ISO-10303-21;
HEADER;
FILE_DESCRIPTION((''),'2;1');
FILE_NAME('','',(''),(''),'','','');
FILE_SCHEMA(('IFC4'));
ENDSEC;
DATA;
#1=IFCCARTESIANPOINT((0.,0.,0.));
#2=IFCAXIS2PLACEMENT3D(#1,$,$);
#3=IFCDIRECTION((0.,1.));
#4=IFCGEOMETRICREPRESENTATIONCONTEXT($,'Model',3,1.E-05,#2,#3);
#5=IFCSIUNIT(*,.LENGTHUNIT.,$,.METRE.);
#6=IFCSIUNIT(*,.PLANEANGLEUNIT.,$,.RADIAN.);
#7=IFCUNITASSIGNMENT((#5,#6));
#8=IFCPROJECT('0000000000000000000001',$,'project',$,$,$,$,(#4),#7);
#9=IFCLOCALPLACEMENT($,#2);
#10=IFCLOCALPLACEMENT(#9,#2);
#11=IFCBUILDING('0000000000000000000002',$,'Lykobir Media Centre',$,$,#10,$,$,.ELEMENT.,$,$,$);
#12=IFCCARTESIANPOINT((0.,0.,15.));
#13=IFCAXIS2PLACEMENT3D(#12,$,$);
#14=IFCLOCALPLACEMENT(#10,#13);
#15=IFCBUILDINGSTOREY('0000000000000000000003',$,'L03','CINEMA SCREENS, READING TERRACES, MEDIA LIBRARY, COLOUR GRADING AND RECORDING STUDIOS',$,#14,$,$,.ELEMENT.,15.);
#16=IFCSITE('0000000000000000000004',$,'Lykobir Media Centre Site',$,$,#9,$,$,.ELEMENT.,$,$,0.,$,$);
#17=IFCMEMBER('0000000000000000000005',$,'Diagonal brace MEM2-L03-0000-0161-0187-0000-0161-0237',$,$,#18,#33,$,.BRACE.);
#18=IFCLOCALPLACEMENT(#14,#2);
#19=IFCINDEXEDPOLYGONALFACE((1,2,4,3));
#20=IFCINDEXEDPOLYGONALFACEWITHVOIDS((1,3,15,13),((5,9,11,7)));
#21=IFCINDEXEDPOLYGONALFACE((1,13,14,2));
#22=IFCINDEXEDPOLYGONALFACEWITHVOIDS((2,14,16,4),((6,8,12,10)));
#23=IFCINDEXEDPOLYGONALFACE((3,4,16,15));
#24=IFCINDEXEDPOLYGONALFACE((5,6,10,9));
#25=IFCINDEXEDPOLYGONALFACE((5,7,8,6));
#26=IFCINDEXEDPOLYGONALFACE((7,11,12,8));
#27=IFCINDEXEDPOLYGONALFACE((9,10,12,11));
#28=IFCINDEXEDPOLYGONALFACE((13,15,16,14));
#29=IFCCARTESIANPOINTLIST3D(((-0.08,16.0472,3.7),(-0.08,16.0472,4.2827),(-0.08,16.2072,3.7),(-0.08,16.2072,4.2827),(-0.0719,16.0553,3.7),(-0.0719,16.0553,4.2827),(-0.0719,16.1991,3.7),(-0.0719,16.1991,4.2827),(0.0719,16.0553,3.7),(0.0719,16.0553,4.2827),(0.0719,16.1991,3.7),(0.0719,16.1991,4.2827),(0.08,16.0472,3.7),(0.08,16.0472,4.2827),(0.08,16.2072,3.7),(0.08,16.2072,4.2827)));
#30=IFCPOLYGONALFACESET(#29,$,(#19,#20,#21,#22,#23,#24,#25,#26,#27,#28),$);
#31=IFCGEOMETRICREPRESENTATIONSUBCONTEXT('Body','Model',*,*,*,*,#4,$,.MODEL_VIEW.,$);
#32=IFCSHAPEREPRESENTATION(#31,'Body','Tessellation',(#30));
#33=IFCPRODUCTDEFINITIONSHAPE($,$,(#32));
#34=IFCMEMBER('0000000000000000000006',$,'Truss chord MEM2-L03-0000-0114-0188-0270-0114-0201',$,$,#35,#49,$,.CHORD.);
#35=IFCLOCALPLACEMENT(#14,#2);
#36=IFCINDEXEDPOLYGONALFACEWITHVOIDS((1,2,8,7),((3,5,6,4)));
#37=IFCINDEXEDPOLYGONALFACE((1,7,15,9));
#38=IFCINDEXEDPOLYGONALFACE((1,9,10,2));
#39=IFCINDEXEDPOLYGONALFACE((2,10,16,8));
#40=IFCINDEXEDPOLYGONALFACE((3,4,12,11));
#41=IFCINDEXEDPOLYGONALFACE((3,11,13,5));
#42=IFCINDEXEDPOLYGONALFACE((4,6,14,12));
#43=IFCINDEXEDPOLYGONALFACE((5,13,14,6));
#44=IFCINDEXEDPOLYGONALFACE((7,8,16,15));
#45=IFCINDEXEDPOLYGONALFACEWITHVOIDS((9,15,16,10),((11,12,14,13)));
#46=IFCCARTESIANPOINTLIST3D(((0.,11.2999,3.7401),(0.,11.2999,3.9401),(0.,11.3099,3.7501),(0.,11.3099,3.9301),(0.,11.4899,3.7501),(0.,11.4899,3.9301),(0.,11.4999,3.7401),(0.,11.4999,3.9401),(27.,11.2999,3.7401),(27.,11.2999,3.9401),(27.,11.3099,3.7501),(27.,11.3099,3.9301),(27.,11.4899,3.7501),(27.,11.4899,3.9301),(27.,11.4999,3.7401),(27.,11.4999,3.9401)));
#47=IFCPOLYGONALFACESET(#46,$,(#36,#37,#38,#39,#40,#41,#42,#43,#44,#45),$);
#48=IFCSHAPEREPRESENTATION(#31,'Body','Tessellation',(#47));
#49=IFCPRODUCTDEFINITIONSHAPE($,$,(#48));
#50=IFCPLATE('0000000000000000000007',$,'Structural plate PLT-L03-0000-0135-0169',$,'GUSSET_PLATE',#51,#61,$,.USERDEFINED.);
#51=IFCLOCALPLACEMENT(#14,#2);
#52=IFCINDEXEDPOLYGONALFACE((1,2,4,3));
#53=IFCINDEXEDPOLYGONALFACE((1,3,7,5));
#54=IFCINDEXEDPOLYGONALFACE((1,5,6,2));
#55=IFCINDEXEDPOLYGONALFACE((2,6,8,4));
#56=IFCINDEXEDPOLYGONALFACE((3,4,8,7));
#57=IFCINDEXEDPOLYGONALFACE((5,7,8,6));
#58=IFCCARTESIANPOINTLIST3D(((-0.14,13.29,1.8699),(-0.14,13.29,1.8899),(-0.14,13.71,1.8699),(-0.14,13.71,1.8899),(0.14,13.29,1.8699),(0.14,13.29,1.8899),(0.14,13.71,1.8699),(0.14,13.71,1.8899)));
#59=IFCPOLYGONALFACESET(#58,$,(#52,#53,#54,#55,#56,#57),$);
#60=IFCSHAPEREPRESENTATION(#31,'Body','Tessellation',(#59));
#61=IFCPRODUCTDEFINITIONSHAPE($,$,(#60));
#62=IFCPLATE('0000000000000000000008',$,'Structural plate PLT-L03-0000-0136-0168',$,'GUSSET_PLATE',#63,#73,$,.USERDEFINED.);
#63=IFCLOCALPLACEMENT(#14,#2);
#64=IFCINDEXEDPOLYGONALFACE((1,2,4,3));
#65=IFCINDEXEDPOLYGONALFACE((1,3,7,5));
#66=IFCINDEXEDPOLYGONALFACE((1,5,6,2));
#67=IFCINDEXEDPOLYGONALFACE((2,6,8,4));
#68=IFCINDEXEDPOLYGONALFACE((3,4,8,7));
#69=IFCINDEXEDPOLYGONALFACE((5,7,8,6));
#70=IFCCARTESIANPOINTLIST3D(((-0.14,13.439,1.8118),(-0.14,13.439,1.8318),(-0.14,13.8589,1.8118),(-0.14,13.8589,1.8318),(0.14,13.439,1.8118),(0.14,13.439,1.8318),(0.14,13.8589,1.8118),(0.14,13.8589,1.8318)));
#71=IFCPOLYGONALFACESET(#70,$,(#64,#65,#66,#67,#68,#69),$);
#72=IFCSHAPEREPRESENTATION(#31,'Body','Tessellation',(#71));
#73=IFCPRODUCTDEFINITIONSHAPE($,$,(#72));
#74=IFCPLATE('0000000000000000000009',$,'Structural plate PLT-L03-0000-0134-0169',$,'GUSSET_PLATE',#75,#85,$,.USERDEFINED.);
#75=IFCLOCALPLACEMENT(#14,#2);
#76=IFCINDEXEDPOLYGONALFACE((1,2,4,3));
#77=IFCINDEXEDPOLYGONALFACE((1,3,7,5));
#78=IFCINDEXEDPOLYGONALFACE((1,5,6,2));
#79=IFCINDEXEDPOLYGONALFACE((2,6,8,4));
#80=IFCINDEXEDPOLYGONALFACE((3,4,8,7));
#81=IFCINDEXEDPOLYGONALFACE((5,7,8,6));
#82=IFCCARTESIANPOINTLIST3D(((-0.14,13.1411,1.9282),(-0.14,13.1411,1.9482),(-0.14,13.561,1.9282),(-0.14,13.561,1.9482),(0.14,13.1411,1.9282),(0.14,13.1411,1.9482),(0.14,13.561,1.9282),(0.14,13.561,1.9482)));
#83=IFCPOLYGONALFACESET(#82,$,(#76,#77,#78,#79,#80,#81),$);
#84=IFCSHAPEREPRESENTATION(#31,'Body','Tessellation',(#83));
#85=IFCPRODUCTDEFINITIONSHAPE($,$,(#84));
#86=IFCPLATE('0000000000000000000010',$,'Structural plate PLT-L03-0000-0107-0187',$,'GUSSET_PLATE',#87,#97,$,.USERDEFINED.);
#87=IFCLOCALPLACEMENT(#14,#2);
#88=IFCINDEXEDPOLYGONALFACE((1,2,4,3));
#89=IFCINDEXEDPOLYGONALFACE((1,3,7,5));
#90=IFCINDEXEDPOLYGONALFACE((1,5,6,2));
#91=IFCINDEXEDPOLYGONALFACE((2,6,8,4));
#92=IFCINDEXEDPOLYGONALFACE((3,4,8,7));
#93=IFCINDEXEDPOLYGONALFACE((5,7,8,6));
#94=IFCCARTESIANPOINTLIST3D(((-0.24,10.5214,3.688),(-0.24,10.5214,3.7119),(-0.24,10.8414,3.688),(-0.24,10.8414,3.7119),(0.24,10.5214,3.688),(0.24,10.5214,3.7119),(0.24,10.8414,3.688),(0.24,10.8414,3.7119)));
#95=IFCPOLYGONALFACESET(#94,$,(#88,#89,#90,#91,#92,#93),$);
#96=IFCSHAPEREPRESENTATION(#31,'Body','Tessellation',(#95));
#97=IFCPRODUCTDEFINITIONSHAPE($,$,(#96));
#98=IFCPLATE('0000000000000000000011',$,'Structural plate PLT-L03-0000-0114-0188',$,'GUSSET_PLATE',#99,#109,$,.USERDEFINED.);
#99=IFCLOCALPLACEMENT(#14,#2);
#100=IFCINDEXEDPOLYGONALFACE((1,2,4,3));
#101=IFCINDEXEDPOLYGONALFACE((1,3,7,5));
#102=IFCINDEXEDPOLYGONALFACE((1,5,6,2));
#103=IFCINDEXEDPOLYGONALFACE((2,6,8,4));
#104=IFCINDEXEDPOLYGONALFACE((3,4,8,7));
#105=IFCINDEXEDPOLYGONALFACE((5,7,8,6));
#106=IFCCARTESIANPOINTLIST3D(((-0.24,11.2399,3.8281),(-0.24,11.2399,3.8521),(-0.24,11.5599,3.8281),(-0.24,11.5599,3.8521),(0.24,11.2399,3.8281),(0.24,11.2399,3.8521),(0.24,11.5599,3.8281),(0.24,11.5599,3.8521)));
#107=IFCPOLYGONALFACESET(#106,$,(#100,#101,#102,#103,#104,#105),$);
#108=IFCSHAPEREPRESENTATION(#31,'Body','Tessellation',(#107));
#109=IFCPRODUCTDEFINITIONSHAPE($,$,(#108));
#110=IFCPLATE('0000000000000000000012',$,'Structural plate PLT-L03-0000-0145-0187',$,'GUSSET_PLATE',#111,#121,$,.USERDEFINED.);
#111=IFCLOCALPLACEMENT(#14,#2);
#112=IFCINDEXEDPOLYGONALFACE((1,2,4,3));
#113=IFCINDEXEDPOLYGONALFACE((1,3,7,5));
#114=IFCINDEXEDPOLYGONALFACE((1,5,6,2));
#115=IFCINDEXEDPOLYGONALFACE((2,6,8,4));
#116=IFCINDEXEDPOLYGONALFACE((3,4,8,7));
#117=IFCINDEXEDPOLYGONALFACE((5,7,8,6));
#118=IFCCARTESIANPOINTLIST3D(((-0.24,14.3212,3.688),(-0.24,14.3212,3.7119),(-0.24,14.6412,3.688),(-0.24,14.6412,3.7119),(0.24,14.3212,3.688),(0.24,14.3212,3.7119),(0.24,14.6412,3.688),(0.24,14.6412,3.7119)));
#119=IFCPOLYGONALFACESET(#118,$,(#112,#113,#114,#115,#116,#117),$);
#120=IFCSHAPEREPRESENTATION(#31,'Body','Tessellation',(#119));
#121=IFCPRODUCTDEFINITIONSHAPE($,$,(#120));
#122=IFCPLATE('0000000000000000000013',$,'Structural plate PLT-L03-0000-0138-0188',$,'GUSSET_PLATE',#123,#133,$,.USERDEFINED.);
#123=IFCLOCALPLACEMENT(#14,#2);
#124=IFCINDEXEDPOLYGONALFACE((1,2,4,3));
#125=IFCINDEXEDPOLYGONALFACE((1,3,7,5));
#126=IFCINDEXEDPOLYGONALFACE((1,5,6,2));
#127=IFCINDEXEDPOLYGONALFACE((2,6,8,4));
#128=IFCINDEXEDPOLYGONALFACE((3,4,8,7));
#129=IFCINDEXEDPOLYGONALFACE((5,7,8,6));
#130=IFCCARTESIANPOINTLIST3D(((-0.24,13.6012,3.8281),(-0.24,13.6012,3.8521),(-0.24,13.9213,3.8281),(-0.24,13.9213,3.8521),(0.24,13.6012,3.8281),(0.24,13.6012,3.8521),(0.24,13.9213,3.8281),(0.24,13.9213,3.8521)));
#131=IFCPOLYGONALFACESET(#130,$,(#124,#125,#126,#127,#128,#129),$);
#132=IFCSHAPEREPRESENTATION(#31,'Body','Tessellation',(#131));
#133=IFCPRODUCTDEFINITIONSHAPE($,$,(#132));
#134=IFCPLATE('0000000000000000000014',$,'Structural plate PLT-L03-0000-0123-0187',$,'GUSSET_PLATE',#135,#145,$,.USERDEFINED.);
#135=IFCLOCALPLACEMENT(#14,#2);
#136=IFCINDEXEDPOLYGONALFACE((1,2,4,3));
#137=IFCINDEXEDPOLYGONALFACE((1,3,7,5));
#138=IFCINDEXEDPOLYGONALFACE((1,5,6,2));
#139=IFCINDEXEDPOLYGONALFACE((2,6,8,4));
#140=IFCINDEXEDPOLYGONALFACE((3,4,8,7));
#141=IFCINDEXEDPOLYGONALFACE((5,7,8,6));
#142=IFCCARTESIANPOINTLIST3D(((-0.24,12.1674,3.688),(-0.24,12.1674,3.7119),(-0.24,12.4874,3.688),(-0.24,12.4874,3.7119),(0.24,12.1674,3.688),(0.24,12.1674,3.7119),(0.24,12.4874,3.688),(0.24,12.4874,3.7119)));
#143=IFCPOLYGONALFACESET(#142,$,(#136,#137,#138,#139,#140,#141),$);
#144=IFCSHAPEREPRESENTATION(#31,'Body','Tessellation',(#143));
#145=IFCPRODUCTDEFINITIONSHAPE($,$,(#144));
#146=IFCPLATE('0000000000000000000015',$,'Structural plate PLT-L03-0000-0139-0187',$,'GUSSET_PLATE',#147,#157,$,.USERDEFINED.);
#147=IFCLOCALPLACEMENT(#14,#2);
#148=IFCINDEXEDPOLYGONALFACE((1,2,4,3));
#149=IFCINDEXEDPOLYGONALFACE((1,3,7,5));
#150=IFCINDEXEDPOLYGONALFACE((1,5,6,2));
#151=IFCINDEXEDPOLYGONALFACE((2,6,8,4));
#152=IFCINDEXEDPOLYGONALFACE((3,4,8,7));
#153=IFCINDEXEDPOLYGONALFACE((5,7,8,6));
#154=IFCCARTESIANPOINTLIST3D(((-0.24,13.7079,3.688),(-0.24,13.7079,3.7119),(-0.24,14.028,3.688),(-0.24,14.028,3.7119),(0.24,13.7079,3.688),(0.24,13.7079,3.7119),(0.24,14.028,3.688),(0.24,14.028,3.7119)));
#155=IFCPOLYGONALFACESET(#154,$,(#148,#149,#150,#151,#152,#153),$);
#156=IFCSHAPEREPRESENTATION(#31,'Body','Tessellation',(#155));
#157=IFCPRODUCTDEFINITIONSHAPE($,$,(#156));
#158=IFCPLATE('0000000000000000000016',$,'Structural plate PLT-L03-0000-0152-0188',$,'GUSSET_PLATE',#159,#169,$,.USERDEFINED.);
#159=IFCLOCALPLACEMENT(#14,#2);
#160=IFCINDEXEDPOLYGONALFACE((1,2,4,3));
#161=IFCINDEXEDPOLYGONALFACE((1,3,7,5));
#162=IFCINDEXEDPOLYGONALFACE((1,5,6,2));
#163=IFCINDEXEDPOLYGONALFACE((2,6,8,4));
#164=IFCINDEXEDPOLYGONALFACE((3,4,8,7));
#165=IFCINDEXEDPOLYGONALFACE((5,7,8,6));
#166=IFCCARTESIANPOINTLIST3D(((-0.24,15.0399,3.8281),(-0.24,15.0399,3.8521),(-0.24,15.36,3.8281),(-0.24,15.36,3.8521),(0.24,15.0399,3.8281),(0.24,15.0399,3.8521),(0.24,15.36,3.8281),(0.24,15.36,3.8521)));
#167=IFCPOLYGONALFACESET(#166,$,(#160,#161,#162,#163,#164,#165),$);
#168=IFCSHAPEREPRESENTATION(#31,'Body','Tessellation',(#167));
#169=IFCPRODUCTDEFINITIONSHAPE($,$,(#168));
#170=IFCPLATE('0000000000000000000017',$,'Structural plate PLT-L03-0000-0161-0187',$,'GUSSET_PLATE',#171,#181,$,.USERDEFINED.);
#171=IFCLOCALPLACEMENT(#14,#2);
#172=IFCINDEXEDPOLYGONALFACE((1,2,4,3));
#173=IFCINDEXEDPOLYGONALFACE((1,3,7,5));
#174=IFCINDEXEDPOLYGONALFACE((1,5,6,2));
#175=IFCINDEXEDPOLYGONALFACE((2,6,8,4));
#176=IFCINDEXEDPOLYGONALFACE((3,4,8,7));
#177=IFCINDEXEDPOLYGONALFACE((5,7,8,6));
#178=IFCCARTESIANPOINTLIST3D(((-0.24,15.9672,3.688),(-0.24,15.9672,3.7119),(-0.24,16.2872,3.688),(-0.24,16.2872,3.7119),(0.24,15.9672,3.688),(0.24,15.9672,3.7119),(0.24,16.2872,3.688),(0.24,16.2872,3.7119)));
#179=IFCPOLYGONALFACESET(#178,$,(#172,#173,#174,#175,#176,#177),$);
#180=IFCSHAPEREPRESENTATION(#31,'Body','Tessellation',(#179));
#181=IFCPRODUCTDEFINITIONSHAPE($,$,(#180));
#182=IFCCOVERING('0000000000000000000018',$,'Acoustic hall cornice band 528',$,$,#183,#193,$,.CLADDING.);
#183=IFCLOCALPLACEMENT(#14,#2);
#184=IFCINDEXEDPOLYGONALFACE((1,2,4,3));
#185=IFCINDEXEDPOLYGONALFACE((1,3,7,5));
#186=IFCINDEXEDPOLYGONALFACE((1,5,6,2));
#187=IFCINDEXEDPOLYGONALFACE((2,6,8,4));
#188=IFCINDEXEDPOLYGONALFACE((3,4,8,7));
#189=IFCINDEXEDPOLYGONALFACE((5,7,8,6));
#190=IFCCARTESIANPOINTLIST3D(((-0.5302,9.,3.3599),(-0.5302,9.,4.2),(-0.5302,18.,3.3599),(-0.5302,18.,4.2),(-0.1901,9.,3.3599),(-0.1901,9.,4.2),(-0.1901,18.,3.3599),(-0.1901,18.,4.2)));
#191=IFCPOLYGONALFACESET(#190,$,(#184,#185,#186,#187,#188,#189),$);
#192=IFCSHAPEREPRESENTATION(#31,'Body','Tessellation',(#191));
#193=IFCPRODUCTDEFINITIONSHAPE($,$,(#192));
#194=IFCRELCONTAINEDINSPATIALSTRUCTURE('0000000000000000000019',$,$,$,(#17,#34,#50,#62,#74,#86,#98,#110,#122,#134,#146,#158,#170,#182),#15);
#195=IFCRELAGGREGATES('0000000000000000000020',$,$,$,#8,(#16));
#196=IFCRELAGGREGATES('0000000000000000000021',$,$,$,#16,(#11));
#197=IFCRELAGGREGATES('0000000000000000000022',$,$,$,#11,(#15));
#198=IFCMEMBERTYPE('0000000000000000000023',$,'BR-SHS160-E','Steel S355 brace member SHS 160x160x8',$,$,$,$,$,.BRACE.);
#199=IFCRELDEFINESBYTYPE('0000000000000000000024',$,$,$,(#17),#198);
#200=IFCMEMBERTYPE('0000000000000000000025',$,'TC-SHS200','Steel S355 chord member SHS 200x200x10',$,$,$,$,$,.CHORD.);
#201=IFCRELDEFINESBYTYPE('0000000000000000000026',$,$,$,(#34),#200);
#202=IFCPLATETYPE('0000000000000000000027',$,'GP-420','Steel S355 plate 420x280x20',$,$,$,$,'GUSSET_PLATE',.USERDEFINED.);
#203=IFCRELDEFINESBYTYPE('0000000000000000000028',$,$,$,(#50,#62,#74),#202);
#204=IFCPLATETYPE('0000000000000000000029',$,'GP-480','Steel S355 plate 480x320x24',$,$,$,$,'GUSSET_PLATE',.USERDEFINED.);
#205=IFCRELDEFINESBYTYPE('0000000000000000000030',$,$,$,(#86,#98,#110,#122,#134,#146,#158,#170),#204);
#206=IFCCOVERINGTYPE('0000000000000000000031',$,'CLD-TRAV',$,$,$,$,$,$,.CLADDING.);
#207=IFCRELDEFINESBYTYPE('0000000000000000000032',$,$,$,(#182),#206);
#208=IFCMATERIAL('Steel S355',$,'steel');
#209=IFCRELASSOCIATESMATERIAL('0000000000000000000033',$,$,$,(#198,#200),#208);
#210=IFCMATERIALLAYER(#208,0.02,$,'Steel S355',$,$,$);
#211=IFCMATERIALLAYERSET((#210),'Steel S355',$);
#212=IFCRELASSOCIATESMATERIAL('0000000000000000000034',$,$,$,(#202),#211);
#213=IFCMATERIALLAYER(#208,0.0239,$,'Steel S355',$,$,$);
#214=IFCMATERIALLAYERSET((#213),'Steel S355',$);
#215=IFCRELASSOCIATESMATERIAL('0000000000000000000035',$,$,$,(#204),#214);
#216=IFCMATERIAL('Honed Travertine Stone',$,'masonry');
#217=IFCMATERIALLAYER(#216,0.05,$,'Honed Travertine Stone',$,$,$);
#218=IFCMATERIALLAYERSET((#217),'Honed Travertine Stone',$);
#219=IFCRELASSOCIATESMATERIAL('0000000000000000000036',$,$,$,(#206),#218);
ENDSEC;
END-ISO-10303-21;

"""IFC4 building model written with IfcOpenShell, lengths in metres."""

from ifc_helpers import new_model, si_unit, direction, frame, origin, origin_2d, place, context, subcontext, project, spatial, rectangle, hollow_rectangle, extrude, material, layer, layer_set, material_profile, profile_set, type_object, element, save


model = new_model("IFC4")

# Units and contexts
model_context = context("Model", 3, precision=1e-05, world=origin(), true_north=direction((0.0, 1.0)))
body_context = subcontext(model_context, "Body", "Model", "MODEL_VIEW")
ifc_project = project(units=[si_unit("LENGTHUNIT", "METRE"), si_unit("PLANEANGLEUNIT", "RADIAN")], contexts=[model_context])

# Site, building, storey
site_placement = place(None, origin())
site = spatial("IfcSite", under=ifc_project, at=site_placement, Name="Lykobir Media Centre Site", CompositionType="ELEMENT", RefElevation=0.0)
building_placement = place(site_placement, origin())
building = spatial("IfcBuilding", under=site, at=building_placement, Name="Lykobir Media Centre", CompositionType="ELEMENT")
storey_placement = place(building_placement, frame((0.0, 0.0, 15.0)))
storey = spatial("IfcBuildingStorey", under=building, at=storey_placement, Name="L03", Description="CINEMA SCREENS, READING TERRACES, MEDIA LIBRARY, COLOUR GRADING AND RECORDING STUDIOS", CompositionType="ELEMENT", Elevation=15.0)

# Shared definitions
ifc_material_1 = material(Name="Honed Travertine Stone", Category="masonry")

# Members
ifc_material_2 = material(Name="Steel S355", Category="steel")
ifc_material_profile_1 = material_profile(ifc_material_2, hollow_rectangle(XDim=0.1599, YDim=0.1599, WallThickness=0.0081, at=origin_2d()), Name="SHS 160x160x8")
ifc_profile_set_1 = profile_set([ifc_material_profile_1], Name="Steel S355")
member_type_1 = type_object("IfcMemberType", Name="BR-SHS160-E", Description="Steel S355 brace member SHS 160x160x8", PredefinedType="BRACE", material=ifc_profile_set_1)
member_1_placement = place(storey_placement, frame((0.0, 16.1272, 3.7), z_axis=(0.0, 0.0, 1.0), x_axis=(1.0, 0.0, 0.0)))
element("IfcMember", 1, at=member_1_placement, inside=storey, type_object=member_type_1, Name="Diagonal brace MEM2-L03-0000-0161-0187-0000-0161-0237", PredefinedType="BRACE", context=body_context, shape_type="SweptSolid", body=[
    extrude(hollow_rectangle(XDim=0.1599, YDim=0.1599, WallThickness=0.0081, at=origin_2d()), origin(), (0.0, 0.0, 1.0), 0.5828),
])
ifc_material_profile_2 = material_profile(ifc_material_2, hollow_rectangle(XDim=0.2, YDim=0.2, WallThickness=0.01, at=origin_2d()), Name="SHS 200x200x10")
ifc_profile_set_2 = profile_set([ifc_material_profile_2], Name="Steel S355")
member_type_2 = type_object("IfcMemberType", Name="TC-SHS200", Description="Steel S355 chord member SHS 200x200x10", PredefinedType="CHORD", material=ifc_profile_set_2)
member_2_placement = place(storey_placement, frame((0.0, 11.3999, 3.8401), z_axis=(1.0, 0.0, 0.0), x_axis=(0.0, 1.0, 0.0)))
element("IfcMember", 2, at=member_2_placement, inside=storey, type_object=member_type_2, Name="Truss chord MEM2-L03-0000-0114-0188-0270-0114-0201", PredefinedType="CHORD", context=body_context, shape_type="SweptSolid", body=[
    extrude(hollow_rectangle(XDim=0.2, YDim=0.2, WallThickness=0.01, at=origin_2d()), origin(), (0.0, 0.0, 1.0), 27.0),
])

# Plates
ifc_layer_1 = layer(ifc_material_2, 0.02, Name="Steel S355")
ifc_layer_set_1 = layer_set([ifc_layer_1], Name="Steel S355")
plate_type_1 = type_object("IfcPlateType", Name="GP-420", Description="Steel S355 plate 420x280x20", ElementType="GUSSET_PLATE", PredefinedType="USERDEFINED", material=ifc_layer_set_1)
for number, where, z_axis, x_axis, name in (
    (3, (0.0, 13.5, 1.8699), (0.0, 0.0, 1.0), (0.0, 1.0, 0.0), "Structural plate PLT-L03-0000-0135-0169"),
    (4, (0.0, 13.6489, 1.8118), (0.0, 0.0, 1.0), (0.0, 1.0, 0.0), "Structural plate PLT-L03-0000-0136-0168"),
    (5, (0.0, 13.3511, 1.9282), (0.0, 0.0, 1.0), (0.0, 1.0, 0.0), "Structural plate PLT-L03-0000-0134-0169"),
):
    element("IfcPlate", number, at=place(storey_placement, frame(where, z_axis=z_axis, x_axis=x_axis)), inside=storey, type_object=plate_type_1, Name=name, ObjectType="GUSSET_PLATE", PredefinedType="USERDEFINED", context=body_context, shape_type="SweptSolid", body=[
        extrude(rectangle(XDim=0.4199, YDim=0.28, at=origin_2d()), origin(), (0.0, 0.0, 1.0), 0.02),
    ])
ifc_layer_2 = layer(ifc_material_2, 0.0239, Name="Steel S355")
ifc_layer_set_2 = layer_set([ifc_layer_2], Name="Steel S355")
plate_type_2 = type_object("IfcPlateType", Name="GP-480", Description="Steel S355 plate 480x320x24", ElementType="GUSSET_PLATE", PredefinedType="USERDEFINED", material=ifc_layer_set_2)
for number, where, z_axis, x_axis, name in (
    (6, (0.0, 10.6814, 3.688), (0.0, 0.0, 1.0), (1.0, 0.0, 0.0), "Structural plate PLT-L03-0000-0107-0187"),
    (7, (0.0, 11.3999, 3.8281), (0.0, 0.0, 1.0), (1.0, 0.0, 0.0), "Structural plate PLT-L03-0000-0114-0188"),
    (8, (0.0, 14.4812, 3.688), (0.0, 0.0, 1.0), (1.0, 0.0, 0.0), "Structural plate PLT-L03-0000-0145-0187"),
    (9, (0.0, 13.7612, 3.8281), (0.0, 0.0, 1.0), (1.0, 0.0, 0.0), "Structural plate PLT-L03-0000-0138-0188"),
    (10, (0.0, 12.3274, 3.688), (0.0, 0.0, 1.0), (1.0, 0.0, 0.0), "Structural plate PLT-L03-0000-0123-0187"),
    (11, (0.0, 13.8679, 3.688), (0.0, 0.0, 1.0), (1.0, 0.0, 0.0), "Structural plate PLT-L03-0000-0139-0187"),
    (12, (0.0, 15.2, 3.8281), (0.0, 0.0, 1.0), (1.0, 0.0, 0.0), "Structural plate PLT-L03-0000-0152-0188"),
    (13, (0.0, 16.1272, 3.688), (0.0, 0.0, 1.0), (1.0, 0.0, 0.0), "Structural plate PLT-L03-0000-0161-0187"),
):
    element("IfcPlate", number, at=place(storey_placement, frame(where, z_axis=z_axis, x_axis=x_axis)), inside=storey, type_object=plate_type_2, Name=name, ObjectType="GUSSET_PLATE", PredefinedType="USERDEFINED", context=body_context, shape_type="SweptSolid", body=[
        extrude(rectangle(XDim=0.48, YDim=0.3201, at=origin_2d()), origin(), (0.0, 0.0, 1.0), 0.0239),
    ])

# Covering
ifc_layer_3 = layer(ifc_material_1, 0.05, Name="Honed Travertine Stone")
ifc_layer_set_3 = layer_set([ifc_layer_3], Name="Honed Travertine Stone")
covering_type = type_object("IfcCoveringType", Name="CLD-TRAV", PredefinedType="CLADDING", material=ifc_layer_set_3)
covering_placement = place(storey_placement, frame((-0.3601, 13.5, 3.3599), z_axis=(0.0, 0.0, 1.0), x_axis=(0.0, -1.0, 0.0)))
element("IfcCovering", 14, at=covering_placement, inside=storey, type_object=covering_type, Name="Acoustic hall cornice band 528", PredefinedType="CLADDING", context=body_context, shape_type="SweptSolid", body=[
    extrude(rectangle(XDim=9.0, YDim=0.3401, at=origin_2d()), origin(), (0.0, 0.0, 1.0), 0.8401),
])

save(model, "model.ifc")
